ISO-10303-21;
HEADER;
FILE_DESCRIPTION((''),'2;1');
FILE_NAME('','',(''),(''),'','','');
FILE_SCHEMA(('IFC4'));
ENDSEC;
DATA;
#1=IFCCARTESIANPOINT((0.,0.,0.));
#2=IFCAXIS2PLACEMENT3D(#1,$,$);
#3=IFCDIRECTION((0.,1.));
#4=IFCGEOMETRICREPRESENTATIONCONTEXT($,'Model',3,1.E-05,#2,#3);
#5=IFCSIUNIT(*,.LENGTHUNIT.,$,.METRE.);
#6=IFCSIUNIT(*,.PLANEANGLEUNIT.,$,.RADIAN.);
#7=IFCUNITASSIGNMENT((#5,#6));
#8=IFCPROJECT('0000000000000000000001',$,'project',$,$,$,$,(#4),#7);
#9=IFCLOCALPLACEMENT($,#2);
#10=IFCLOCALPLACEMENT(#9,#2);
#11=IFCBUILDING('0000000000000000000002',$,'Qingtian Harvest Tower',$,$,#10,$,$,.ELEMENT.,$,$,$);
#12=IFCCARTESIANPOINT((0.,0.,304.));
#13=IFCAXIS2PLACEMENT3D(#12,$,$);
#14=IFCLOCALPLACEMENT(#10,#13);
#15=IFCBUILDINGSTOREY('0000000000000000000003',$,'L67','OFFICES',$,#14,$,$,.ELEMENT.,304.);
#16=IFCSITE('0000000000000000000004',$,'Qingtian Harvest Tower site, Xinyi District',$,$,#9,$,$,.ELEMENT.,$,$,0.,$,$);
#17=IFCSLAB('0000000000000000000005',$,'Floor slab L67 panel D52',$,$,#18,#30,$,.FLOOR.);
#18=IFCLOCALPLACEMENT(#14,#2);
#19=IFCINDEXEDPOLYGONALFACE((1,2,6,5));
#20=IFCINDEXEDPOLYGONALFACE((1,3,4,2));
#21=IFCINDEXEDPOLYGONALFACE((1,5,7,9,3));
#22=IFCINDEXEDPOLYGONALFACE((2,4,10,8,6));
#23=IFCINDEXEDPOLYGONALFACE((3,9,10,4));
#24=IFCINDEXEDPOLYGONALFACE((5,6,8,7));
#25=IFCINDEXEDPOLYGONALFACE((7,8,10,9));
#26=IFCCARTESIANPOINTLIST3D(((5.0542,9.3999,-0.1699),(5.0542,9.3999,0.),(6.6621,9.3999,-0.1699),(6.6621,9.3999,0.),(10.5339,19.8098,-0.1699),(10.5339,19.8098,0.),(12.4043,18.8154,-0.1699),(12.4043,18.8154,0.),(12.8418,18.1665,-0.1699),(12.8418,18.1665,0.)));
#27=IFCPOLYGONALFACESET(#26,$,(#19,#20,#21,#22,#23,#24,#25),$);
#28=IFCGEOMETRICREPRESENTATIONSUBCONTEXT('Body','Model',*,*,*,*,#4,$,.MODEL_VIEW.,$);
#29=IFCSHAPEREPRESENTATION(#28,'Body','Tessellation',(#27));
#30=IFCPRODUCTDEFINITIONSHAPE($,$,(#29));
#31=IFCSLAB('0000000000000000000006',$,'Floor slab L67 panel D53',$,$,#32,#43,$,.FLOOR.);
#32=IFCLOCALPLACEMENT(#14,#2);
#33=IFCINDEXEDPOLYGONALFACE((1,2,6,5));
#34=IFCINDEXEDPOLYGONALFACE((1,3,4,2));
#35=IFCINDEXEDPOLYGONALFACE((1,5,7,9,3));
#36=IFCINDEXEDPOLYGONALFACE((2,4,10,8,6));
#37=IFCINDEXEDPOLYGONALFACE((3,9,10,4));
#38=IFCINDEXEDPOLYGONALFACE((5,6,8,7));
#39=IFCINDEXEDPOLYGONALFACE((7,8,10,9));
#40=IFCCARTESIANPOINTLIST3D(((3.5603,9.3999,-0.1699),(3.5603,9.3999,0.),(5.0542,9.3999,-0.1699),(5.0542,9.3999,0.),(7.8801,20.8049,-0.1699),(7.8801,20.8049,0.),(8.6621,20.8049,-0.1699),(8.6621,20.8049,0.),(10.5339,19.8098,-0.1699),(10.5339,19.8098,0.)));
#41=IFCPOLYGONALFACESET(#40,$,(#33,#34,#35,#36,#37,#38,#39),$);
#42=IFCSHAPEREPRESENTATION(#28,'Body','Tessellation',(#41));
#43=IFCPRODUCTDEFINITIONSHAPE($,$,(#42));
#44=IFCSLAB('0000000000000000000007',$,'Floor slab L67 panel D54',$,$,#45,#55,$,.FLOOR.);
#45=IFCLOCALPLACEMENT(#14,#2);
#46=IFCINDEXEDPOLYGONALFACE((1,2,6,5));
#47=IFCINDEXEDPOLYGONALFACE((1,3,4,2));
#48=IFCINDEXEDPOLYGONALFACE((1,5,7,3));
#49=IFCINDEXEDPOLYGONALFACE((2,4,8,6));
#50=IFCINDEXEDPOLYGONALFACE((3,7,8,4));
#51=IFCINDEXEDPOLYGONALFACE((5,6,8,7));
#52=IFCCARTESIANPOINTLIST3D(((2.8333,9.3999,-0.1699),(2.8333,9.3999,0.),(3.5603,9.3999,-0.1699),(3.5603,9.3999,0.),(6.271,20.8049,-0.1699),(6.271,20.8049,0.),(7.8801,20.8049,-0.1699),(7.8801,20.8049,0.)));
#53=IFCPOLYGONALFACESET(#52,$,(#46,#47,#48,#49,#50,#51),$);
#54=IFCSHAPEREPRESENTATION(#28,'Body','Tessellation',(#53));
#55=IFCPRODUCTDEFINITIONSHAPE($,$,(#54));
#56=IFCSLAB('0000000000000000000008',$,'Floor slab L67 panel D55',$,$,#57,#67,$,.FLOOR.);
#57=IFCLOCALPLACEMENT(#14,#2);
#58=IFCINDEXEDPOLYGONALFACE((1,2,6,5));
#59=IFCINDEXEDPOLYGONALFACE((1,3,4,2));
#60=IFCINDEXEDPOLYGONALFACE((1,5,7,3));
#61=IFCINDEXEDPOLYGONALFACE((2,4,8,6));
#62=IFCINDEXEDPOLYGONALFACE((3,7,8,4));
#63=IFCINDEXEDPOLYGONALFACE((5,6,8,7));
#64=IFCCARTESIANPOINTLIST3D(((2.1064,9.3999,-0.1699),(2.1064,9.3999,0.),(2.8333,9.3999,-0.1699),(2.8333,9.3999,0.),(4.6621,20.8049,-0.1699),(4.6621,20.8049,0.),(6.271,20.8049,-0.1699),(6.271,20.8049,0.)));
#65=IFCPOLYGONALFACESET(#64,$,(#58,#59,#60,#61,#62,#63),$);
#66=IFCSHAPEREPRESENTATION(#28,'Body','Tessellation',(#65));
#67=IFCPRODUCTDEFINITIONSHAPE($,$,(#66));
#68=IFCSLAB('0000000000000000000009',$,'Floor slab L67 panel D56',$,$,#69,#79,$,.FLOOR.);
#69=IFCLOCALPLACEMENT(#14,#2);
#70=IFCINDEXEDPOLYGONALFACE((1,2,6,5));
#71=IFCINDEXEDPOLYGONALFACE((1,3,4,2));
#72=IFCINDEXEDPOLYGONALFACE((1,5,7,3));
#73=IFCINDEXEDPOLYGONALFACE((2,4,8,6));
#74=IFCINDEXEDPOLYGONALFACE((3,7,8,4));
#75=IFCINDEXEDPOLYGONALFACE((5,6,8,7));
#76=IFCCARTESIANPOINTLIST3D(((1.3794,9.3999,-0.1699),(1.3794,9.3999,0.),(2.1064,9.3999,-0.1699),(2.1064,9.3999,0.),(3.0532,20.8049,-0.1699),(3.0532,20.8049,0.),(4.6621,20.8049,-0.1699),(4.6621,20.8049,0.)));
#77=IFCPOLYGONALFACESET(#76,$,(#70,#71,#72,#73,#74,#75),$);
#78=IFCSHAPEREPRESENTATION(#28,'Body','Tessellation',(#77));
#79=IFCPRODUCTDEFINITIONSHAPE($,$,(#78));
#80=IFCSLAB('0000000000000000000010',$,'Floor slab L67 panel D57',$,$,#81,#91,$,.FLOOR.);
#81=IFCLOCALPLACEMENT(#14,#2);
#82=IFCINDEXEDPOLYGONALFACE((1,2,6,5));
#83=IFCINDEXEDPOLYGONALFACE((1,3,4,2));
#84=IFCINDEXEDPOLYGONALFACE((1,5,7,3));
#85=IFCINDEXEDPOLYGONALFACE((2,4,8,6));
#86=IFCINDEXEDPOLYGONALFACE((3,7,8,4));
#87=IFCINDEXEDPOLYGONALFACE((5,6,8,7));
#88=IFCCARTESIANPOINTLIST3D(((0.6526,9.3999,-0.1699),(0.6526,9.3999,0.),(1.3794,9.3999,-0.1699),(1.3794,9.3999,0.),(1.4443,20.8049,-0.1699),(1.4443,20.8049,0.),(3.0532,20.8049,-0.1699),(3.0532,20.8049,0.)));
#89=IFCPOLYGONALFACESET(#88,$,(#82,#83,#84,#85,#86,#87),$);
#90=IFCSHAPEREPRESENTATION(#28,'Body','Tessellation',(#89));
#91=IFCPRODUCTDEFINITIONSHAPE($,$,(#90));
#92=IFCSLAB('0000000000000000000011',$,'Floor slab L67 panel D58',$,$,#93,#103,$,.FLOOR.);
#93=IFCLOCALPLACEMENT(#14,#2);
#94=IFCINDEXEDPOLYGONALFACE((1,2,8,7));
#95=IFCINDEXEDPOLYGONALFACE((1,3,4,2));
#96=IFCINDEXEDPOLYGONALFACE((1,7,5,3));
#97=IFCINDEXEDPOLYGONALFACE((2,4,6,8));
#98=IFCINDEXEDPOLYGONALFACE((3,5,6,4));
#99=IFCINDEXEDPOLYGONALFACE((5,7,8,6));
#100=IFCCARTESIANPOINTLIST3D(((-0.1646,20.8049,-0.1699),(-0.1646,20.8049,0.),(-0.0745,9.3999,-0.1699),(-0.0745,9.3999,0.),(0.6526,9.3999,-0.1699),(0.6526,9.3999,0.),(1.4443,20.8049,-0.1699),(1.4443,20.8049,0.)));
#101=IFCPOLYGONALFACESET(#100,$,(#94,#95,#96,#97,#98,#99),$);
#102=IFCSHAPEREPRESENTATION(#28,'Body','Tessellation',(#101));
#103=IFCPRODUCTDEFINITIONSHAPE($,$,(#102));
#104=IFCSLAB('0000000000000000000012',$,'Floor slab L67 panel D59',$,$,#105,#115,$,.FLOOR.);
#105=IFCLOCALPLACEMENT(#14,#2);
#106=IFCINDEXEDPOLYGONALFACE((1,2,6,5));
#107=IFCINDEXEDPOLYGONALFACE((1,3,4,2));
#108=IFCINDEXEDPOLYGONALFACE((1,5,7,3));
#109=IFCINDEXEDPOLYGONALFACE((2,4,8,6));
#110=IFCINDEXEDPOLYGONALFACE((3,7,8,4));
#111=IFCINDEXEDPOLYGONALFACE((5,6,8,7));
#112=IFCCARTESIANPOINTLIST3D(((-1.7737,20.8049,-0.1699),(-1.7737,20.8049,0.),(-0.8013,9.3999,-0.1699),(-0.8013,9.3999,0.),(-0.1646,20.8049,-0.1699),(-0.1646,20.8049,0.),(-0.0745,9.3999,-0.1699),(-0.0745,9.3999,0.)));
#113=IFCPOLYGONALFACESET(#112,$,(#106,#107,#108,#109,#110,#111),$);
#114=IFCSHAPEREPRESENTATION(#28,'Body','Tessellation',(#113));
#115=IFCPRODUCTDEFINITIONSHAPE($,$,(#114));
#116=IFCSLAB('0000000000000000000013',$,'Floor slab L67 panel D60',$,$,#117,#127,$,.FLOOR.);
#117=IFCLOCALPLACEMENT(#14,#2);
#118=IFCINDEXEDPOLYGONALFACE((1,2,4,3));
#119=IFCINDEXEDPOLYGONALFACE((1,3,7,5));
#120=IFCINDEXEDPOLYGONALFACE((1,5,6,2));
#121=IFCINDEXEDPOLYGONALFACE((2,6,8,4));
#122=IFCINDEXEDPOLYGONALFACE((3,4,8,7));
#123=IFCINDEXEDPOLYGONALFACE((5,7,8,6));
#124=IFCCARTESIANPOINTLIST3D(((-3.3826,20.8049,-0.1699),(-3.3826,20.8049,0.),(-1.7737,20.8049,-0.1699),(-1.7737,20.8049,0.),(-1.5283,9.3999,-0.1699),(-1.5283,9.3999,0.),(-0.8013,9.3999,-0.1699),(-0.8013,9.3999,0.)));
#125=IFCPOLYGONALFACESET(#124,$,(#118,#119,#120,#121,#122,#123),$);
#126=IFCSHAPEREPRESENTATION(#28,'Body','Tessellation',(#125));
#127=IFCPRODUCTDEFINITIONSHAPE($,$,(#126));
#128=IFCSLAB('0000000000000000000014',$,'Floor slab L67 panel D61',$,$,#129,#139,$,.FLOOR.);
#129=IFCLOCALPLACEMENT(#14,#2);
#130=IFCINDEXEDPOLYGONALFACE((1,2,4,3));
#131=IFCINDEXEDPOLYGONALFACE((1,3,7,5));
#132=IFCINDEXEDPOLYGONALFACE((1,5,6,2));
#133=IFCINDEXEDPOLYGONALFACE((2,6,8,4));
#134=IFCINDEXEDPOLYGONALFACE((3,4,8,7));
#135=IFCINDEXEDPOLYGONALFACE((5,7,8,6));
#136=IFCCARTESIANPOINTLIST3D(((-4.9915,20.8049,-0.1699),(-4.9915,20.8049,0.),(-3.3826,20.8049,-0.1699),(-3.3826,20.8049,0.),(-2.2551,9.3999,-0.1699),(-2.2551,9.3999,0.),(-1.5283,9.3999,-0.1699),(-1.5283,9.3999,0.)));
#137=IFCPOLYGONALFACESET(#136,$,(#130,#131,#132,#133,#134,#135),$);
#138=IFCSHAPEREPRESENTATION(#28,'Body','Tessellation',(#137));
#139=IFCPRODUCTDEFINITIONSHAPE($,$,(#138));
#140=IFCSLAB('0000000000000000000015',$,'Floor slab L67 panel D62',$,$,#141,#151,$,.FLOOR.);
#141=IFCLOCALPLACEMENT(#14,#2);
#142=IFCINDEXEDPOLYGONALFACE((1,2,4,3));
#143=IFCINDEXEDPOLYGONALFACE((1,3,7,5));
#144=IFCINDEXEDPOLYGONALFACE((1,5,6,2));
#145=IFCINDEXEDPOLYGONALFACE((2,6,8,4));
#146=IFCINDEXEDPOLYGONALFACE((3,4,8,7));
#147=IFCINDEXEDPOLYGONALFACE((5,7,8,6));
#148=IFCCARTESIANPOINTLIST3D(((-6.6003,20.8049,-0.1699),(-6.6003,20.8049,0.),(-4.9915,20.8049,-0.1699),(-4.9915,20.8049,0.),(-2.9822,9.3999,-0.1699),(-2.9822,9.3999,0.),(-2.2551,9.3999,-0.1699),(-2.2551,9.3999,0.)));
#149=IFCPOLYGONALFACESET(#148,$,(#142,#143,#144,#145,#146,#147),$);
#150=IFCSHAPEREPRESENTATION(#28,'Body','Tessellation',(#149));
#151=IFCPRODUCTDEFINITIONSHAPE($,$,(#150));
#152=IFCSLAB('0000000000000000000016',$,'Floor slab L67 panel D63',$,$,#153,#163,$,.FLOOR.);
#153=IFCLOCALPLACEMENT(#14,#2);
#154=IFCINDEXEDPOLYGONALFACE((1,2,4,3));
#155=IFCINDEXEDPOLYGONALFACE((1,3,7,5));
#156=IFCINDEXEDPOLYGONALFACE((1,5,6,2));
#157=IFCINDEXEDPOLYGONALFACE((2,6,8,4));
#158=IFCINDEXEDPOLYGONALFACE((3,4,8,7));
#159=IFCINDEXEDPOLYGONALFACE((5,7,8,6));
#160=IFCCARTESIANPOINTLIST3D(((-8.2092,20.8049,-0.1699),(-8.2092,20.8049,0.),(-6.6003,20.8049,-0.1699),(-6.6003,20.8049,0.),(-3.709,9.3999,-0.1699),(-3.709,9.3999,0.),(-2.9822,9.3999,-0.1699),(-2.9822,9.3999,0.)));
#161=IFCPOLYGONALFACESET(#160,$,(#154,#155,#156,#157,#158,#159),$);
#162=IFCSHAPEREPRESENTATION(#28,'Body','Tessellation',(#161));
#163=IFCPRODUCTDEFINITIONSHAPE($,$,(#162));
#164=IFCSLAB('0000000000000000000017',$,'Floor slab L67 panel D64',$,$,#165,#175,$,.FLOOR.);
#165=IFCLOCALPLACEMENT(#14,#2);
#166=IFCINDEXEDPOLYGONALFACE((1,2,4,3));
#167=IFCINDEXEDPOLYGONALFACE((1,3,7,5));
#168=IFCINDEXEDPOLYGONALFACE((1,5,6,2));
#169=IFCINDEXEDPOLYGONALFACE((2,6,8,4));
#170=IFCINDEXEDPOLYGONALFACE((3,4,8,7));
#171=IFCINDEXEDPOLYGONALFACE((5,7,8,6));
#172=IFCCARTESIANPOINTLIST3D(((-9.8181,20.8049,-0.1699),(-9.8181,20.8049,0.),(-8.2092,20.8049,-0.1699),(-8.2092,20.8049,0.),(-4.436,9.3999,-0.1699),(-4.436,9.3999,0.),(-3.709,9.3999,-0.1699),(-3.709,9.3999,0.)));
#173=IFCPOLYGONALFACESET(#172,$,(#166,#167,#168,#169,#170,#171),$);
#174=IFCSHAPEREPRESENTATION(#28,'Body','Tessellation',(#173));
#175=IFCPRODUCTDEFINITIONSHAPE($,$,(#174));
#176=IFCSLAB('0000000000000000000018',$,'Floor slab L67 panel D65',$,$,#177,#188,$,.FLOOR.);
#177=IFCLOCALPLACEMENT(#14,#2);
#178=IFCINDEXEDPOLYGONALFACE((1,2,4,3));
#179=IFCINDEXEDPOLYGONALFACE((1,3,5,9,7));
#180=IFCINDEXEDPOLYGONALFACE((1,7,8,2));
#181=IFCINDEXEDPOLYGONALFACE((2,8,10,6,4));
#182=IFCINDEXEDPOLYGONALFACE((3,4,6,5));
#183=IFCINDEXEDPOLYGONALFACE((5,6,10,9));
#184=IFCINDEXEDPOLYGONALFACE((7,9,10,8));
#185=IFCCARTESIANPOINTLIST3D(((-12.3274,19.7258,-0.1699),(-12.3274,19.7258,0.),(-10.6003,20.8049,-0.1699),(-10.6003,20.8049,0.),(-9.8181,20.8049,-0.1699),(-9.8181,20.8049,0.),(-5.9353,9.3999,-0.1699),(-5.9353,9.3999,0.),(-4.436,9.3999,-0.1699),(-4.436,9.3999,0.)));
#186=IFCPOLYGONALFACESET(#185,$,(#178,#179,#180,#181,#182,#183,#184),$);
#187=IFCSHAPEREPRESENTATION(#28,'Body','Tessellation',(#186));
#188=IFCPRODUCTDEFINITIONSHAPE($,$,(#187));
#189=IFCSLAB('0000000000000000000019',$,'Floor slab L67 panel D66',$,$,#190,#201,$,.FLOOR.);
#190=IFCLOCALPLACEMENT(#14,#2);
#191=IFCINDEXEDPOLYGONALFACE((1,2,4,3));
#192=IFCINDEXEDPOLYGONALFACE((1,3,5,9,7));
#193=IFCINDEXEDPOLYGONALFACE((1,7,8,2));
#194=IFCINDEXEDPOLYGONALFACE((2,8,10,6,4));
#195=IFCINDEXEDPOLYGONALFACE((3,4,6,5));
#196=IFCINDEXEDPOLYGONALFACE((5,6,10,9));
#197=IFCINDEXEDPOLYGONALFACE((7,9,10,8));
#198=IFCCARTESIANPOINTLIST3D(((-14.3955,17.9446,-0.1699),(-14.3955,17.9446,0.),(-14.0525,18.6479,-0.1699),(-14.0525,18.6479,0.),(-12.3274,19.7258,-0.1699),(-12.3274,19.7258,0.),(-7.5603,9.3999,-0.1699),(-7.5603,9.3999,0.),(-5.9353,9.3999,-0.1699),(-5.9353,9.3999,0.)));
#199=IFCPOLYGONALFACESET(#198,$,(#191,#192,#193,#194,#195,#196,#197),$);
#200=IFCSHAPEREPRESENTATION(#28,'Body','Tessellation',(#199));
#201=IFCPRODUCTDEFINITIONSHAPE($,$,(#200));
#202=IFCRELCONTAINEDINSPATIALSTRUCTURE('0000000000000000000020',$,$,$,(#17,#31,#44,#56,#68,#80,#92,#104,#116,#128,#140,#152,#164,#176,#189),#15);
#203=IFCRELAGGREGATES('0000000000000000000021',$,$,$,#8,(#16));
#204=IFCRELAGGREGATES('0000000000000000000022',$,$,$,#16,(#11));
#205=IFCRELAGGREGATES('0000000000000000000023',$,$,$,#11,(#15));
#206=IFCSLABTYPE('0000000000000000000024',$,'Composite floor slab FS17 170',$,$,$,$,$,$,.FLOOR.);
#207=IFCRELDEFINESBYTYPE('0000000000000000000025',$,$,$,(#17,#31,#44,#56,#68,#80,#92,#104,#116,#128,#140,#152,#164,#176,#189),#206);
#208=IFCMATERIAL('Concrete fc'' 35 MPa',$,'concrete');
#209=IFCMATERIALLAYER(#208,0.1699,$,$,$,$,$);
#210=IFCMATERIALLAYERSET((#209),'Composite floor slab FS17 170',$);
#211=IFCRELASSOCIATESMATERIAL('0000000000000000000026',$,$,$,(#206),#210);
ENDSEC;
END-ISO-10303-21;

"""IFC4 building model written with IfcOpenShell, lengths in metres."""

from ifc_helpers import new_model, si_unit, direction, frame, origin, place, context, subcontext, project, spatial, polyline, outline, extrude, material, layer, layer_set, type_object, element, save


model = new_model("IFC4")

# Units and contexts
model_context = context("Model", 3, precision=1e-05, world=origin(), true_north=direction((0.0, 1.0)))
body_context = subcontext(model_context, "Body", "Model", "MODEL_VIEW")
ifc_project = project(units=[si_unit("LENGTHUNIT", "METRE"), si_unit("PLANEANGLEUNIT", "RADIAN")], contexts=[model_context])

# Site, building, storey
site_placement = place(None, origin())
site = spatial("IfcSite", under=ifc_project, at=site_placement, Name="Qingtian Harvest Tower site, Xinyi District", CompositionType="ELEMENT", RefElevation=0.0)
building_placement = place(site_placement, origin())
building = spatial("IfcBuilding", under=site, at=building_placement, Name="Qingtian Harvest Tower", CompositionType="ELEMENT")
storey_placement = place(building_placement, frame((0.0, 0.0, 304.0)))
storey = spatial("IfcBuildingStorey", under=building, at=storey_placement, Name="L67", Description="OFFICES", CompositionType="ELEMENT", Elevation=304.0)

# Slabs
ifc_material_1 = material(Name="Concrete fc' 35 MPa", Category="concrete")
ifc_layer_1 = layer(ifc_material_1, 0.1699)
ifc_layer_set_1 = layer_set([ifc_layer_1], Name="Composite floor slab FS17 170")
slab_type = type_object("IfcSlabType", Name="Composite floor slab FS17 170", PredefinedType="FLOOR", material=ifc_layer_set_1)
slab_1_placement = place(storey_placement, frame((0.0, 0.0, -0.1699)))
element("IfcSlab", 1, at=slab_1_placement, inside=storey, type_object=slab_type, Name="Floor slab L67 panel D52", PredefinedType="FLOOR", context=body_context, shape_type="SweptSolid", body=[
    extrude(outline(polyline([(6.6621, 9.3999), (5.0542, 9.3999), (10.5339, 19.8098), (12.4043, 18.8154), (12.8418, 18.1665), (6.6621, 9.3999)])), origin(), (0.0, 0.0, 1.0), 0.1699),
])
slab_2_placement = place(storey_placement, frame((0.0, 0.0, -0.1699)))
element("IfcSlab", 2, at=slab_2_placement, inside=storey, type_object=slab_type, Name="Floor slab L67 panel D53", PredefinedType="FLOOR", context=body_context, shape_type="SweptSolid", body=[
    extrude(outline(polyline([(3.5603, 9.3999), (7.8801, 20.8049), (8.6621, 20.8049), (10.5339, 19.8098), (5.0542, 9.3999), (3.5603, 9.3999)])), origin(), (0.0, 0.0, 1.0), 0.1699),
])
slab_3_placement = place(storey_placement, frame((0.0, 0.0, -0.1699)))
element("IfcSlab", 3, at=slab_3_placement, inside=storey, type_object=slab_type, Name="Floor slab L67 panel D54", PredefinedType="FLOOR", context=body_context, shape_type="SweptSolid", body=[
    extrude(outline(polyline([(2.8333, 9.3999), (6.271, 20.8049), (7.8801, 20.8049), (3.5603, 9.3999), (2.8333, 9.3999)])), origin(), (0.0, 0.0, 1.0), 0.1699),
])
slab_4_placement = place(storey_placement, frame((0.0, 0.0, -0.1699)))
element("IfcSlab", 4, at=slab_4_placement, inside=storey, type_object=slab_type, Name="Floor slab L67 panel D55", PredefinedType="FLOOR", context=body_context, shape_type="SweptSolid", body=[
    extrude(outline(polyline([(2.1064, 9.3999), (4.6621, 20.8049), (6.271, 20.8049), (2.8333, 9.3999), (2.1064, 9.3999)])), origin(), (0.0, 0.0, 1.0), 0.1699),
])
slab_5_placement = place(storey_placement, frame((0.0, 0.0, -0.1699)))
element("IfcSlab", 5, at=slab_5_placement, inside=storey, type_object=slab_type, Name="Floor slab L67 panel D56", PredefinedType="FLOOR", context=body_context, shape_type="SweptSolid", body=[
    extrude(outline(polyline([(1.3794, 9.3999), (3.0532, 20.8049), (4.6621, 20.8049), (2.1064, 9.3999), (1.3794, 9.3999)])), origin(), (0.0, 0.0, 1.0), 0.1699),
])
slab_6_placement = place(storey_placement, frame((0.0, 0.0, -0.1699)))
element("IfcSlab", 6, at=slab_6_placement, inside=storey, type_object=slab_type, Name="Floor slab L67 panel D57", PredefinedType="FLOOR", context=body_context, shape_type="SweptSolid", body=[
    extrude(outline(polyline([(0.6526, 9.3999), (1.4443, 20.8049), (3.0532, 20.8049), (1.3794, 9.3999), (0.6526, 9.3999)])), origin(), (0.0, 0.0, 1.0), 0.1699),
])
slab_7_placement = place(storey_placement, frame((0.0, 0.0, -0.1699)))
element("IfcSlab", 7, at=slab_7_placement, inside=storey, type_object=slab_type, Name="Floor slab L67 panel D58", PredefinedType="FLOOR", context=body_context, shape_type="SweptSolid", body=[
    extrude(outline(polyline([(-0.0745, 9.3999), (-0.1646, 20.8049), (1.4443, 20.8049), (0.6526, 9.3999), (-0.0745, 9.3999)])), origin(), (0.0, 0.0, 1.0), 0.1699),
])
slab_8_placement = place(storey_placement, frame((0.0, 0.0, -0.1699)))
element("IfcSlab", 8, at=slab_8_placement, inside=storey, type_object=slab_type, Name="Floor slab L67 panel D59", PredefinedType="FLOOR", context=body_context, shape_type="SweptSolid", body=[
    extrude(outline(polyline([(-0.8013, 9.3999), (-1.7737, 20.8049), (-0.1646, 20.8049), (-0.0745, 9.3999), (-0.8013, 9.3999)])), origin(), (0.0, 0.0, 1.0), 0.1699),
])
slab_9_placement = place(storey_placement, frame((0.0, 0.0, -0.1699)))
element("IfcSlab", 9, at=slab_9_placement, inside=storey, type_object=slab_type, Name="Floor slab L67 panel D60", PredefinedType="FLOOR", context=body_context, shape_type="SweptSolid", body=[
    extrude(outline(polyline([(-1.5283, 9.3999), (-3.3826, 20.8049), (-1.7737, 20.8049), (-0.8013, 9.3999), (-1.5283, 9.3999)])), origin(), (0.0, 0.0, 1.0), 0.1699),
])
slab_10_placement = place(storey_placement, frame((0.0, 0.0, -0.1699)))
element("IfcSlab", 10, at=slab_10_placement, inside=storey, type_object=slab_type, Name="Floor slab L67 panel D61", PredefinedType="FLOOR", context=body_context, shape_type="SweptSolid", body=[
    extrude(outline(polyline([(-2.2551, 9.3999), (-4.9915, 20.8049), (-3.3826, 20.8049), (-1.5283, 9.3999), (-2.2551, 9.3999)])), origin(), (0.0, 0.0, 1.0), 0.1699),
])
slab_11_placement = place(storey_placement, frame((0.0, 0.0, -0.1699)))
element("IfcSlab", 11, at=slab_11_placement, inside=storey, type_object=slab_type, Name="Floor slab L67 panel D62", PredefinedType="FLOOR", context=body_context, shape_type="SweptSolid", body=[
    extrude(outline(polyline([(-2.9822, 9.3999), (-6.6003, 20.8049), (-4.9915, 20.8049), (-2.2551, 9.3999), (-2.9822, 9.3999)])), origin(), (0.0, 0.0, 1.0), 0.1699),
])
slab_12_placement = place(storey_placement, frame((0.0, 0.0, -0.1699)))
element("IfcSlab", 12, at=slab_12_placement, inside=storey, type_object=slab_type, Name="Floor slab L67 panel D63", PredefinedType="FLOOR", context=body_context, shape_type="SweptSolid", body=[
    extrude(outline(polyline([(-3.709, 9.3999), (-8.2092, 20.8049), (-6.6003, 20.8049), (-2.9822, 9.3999), (-3.709, 9.3999)])), origin(), (0.0, 0.0, 1.0), 0.1699),
])
slab_13_placement = place(storey_placement, frame((0.0, 0.0, -0.1699)))
element("IfcSlab", 13, at=slab_13_placement, inside=storey, type_object=slab_type, Name="Floor slab L67 panel D64", PredefinedType="FLOOR", context=body_context, shape_type="SweptSolid", body=[
    extrude(outline(polyline([(-4.436, 9.3999), (-9.8181, 20.8049), (-8.2092, 20.8049), (-3.709, 9.3999), (-4.436, 9.3999)])), origin(), (0.0, 0.0, 1.0), 0.1699),
])
slab_14_placement = place(storey_placement, frame((0.0, 0.0, -0.1699)))
element("IfcSlab", 14, at=slab_14_placement, inside=storey, type_object=slab_type, Name="Floor slab L67 panel D65", PredefinedType="FLOOR", context=body_context, shape_type="SweptSolid", body=[
    extrude(outline(polyline([(-4.436, 9.3999), (-5.9353, 9.3999), (-12.3274, 19.7258), (-10.6003, 20.8049), (-9.8181, 20.8049), (-4.436, 9.3999)])), origin(), (0.0, 0.0, 1.0), 0.1699),
])
slab_15_placement = place(storey_placement, frame((0.0, 0.0, -0.1699)))
element("IfcSlab", 15, at=slab_15_placement, inside=storey, type_object=slab_type, Name="Floor slab L67 panel D66", PredefinedType="FLOOR", context=body_context, shape_type="SweptSolid", body=[
    extrude(outline(polyline([(-5.9353, 9.3999), (-7.5603, 9.3999), (-14.3955, 17.9446), (-14.0525, 18.6479), (-12.3274, 19.7258), (-5.9353, 9.3999)])), origin(), (0.0, 0.0, 1.0), 0.1699),
])

save(model, "model.ifc")
